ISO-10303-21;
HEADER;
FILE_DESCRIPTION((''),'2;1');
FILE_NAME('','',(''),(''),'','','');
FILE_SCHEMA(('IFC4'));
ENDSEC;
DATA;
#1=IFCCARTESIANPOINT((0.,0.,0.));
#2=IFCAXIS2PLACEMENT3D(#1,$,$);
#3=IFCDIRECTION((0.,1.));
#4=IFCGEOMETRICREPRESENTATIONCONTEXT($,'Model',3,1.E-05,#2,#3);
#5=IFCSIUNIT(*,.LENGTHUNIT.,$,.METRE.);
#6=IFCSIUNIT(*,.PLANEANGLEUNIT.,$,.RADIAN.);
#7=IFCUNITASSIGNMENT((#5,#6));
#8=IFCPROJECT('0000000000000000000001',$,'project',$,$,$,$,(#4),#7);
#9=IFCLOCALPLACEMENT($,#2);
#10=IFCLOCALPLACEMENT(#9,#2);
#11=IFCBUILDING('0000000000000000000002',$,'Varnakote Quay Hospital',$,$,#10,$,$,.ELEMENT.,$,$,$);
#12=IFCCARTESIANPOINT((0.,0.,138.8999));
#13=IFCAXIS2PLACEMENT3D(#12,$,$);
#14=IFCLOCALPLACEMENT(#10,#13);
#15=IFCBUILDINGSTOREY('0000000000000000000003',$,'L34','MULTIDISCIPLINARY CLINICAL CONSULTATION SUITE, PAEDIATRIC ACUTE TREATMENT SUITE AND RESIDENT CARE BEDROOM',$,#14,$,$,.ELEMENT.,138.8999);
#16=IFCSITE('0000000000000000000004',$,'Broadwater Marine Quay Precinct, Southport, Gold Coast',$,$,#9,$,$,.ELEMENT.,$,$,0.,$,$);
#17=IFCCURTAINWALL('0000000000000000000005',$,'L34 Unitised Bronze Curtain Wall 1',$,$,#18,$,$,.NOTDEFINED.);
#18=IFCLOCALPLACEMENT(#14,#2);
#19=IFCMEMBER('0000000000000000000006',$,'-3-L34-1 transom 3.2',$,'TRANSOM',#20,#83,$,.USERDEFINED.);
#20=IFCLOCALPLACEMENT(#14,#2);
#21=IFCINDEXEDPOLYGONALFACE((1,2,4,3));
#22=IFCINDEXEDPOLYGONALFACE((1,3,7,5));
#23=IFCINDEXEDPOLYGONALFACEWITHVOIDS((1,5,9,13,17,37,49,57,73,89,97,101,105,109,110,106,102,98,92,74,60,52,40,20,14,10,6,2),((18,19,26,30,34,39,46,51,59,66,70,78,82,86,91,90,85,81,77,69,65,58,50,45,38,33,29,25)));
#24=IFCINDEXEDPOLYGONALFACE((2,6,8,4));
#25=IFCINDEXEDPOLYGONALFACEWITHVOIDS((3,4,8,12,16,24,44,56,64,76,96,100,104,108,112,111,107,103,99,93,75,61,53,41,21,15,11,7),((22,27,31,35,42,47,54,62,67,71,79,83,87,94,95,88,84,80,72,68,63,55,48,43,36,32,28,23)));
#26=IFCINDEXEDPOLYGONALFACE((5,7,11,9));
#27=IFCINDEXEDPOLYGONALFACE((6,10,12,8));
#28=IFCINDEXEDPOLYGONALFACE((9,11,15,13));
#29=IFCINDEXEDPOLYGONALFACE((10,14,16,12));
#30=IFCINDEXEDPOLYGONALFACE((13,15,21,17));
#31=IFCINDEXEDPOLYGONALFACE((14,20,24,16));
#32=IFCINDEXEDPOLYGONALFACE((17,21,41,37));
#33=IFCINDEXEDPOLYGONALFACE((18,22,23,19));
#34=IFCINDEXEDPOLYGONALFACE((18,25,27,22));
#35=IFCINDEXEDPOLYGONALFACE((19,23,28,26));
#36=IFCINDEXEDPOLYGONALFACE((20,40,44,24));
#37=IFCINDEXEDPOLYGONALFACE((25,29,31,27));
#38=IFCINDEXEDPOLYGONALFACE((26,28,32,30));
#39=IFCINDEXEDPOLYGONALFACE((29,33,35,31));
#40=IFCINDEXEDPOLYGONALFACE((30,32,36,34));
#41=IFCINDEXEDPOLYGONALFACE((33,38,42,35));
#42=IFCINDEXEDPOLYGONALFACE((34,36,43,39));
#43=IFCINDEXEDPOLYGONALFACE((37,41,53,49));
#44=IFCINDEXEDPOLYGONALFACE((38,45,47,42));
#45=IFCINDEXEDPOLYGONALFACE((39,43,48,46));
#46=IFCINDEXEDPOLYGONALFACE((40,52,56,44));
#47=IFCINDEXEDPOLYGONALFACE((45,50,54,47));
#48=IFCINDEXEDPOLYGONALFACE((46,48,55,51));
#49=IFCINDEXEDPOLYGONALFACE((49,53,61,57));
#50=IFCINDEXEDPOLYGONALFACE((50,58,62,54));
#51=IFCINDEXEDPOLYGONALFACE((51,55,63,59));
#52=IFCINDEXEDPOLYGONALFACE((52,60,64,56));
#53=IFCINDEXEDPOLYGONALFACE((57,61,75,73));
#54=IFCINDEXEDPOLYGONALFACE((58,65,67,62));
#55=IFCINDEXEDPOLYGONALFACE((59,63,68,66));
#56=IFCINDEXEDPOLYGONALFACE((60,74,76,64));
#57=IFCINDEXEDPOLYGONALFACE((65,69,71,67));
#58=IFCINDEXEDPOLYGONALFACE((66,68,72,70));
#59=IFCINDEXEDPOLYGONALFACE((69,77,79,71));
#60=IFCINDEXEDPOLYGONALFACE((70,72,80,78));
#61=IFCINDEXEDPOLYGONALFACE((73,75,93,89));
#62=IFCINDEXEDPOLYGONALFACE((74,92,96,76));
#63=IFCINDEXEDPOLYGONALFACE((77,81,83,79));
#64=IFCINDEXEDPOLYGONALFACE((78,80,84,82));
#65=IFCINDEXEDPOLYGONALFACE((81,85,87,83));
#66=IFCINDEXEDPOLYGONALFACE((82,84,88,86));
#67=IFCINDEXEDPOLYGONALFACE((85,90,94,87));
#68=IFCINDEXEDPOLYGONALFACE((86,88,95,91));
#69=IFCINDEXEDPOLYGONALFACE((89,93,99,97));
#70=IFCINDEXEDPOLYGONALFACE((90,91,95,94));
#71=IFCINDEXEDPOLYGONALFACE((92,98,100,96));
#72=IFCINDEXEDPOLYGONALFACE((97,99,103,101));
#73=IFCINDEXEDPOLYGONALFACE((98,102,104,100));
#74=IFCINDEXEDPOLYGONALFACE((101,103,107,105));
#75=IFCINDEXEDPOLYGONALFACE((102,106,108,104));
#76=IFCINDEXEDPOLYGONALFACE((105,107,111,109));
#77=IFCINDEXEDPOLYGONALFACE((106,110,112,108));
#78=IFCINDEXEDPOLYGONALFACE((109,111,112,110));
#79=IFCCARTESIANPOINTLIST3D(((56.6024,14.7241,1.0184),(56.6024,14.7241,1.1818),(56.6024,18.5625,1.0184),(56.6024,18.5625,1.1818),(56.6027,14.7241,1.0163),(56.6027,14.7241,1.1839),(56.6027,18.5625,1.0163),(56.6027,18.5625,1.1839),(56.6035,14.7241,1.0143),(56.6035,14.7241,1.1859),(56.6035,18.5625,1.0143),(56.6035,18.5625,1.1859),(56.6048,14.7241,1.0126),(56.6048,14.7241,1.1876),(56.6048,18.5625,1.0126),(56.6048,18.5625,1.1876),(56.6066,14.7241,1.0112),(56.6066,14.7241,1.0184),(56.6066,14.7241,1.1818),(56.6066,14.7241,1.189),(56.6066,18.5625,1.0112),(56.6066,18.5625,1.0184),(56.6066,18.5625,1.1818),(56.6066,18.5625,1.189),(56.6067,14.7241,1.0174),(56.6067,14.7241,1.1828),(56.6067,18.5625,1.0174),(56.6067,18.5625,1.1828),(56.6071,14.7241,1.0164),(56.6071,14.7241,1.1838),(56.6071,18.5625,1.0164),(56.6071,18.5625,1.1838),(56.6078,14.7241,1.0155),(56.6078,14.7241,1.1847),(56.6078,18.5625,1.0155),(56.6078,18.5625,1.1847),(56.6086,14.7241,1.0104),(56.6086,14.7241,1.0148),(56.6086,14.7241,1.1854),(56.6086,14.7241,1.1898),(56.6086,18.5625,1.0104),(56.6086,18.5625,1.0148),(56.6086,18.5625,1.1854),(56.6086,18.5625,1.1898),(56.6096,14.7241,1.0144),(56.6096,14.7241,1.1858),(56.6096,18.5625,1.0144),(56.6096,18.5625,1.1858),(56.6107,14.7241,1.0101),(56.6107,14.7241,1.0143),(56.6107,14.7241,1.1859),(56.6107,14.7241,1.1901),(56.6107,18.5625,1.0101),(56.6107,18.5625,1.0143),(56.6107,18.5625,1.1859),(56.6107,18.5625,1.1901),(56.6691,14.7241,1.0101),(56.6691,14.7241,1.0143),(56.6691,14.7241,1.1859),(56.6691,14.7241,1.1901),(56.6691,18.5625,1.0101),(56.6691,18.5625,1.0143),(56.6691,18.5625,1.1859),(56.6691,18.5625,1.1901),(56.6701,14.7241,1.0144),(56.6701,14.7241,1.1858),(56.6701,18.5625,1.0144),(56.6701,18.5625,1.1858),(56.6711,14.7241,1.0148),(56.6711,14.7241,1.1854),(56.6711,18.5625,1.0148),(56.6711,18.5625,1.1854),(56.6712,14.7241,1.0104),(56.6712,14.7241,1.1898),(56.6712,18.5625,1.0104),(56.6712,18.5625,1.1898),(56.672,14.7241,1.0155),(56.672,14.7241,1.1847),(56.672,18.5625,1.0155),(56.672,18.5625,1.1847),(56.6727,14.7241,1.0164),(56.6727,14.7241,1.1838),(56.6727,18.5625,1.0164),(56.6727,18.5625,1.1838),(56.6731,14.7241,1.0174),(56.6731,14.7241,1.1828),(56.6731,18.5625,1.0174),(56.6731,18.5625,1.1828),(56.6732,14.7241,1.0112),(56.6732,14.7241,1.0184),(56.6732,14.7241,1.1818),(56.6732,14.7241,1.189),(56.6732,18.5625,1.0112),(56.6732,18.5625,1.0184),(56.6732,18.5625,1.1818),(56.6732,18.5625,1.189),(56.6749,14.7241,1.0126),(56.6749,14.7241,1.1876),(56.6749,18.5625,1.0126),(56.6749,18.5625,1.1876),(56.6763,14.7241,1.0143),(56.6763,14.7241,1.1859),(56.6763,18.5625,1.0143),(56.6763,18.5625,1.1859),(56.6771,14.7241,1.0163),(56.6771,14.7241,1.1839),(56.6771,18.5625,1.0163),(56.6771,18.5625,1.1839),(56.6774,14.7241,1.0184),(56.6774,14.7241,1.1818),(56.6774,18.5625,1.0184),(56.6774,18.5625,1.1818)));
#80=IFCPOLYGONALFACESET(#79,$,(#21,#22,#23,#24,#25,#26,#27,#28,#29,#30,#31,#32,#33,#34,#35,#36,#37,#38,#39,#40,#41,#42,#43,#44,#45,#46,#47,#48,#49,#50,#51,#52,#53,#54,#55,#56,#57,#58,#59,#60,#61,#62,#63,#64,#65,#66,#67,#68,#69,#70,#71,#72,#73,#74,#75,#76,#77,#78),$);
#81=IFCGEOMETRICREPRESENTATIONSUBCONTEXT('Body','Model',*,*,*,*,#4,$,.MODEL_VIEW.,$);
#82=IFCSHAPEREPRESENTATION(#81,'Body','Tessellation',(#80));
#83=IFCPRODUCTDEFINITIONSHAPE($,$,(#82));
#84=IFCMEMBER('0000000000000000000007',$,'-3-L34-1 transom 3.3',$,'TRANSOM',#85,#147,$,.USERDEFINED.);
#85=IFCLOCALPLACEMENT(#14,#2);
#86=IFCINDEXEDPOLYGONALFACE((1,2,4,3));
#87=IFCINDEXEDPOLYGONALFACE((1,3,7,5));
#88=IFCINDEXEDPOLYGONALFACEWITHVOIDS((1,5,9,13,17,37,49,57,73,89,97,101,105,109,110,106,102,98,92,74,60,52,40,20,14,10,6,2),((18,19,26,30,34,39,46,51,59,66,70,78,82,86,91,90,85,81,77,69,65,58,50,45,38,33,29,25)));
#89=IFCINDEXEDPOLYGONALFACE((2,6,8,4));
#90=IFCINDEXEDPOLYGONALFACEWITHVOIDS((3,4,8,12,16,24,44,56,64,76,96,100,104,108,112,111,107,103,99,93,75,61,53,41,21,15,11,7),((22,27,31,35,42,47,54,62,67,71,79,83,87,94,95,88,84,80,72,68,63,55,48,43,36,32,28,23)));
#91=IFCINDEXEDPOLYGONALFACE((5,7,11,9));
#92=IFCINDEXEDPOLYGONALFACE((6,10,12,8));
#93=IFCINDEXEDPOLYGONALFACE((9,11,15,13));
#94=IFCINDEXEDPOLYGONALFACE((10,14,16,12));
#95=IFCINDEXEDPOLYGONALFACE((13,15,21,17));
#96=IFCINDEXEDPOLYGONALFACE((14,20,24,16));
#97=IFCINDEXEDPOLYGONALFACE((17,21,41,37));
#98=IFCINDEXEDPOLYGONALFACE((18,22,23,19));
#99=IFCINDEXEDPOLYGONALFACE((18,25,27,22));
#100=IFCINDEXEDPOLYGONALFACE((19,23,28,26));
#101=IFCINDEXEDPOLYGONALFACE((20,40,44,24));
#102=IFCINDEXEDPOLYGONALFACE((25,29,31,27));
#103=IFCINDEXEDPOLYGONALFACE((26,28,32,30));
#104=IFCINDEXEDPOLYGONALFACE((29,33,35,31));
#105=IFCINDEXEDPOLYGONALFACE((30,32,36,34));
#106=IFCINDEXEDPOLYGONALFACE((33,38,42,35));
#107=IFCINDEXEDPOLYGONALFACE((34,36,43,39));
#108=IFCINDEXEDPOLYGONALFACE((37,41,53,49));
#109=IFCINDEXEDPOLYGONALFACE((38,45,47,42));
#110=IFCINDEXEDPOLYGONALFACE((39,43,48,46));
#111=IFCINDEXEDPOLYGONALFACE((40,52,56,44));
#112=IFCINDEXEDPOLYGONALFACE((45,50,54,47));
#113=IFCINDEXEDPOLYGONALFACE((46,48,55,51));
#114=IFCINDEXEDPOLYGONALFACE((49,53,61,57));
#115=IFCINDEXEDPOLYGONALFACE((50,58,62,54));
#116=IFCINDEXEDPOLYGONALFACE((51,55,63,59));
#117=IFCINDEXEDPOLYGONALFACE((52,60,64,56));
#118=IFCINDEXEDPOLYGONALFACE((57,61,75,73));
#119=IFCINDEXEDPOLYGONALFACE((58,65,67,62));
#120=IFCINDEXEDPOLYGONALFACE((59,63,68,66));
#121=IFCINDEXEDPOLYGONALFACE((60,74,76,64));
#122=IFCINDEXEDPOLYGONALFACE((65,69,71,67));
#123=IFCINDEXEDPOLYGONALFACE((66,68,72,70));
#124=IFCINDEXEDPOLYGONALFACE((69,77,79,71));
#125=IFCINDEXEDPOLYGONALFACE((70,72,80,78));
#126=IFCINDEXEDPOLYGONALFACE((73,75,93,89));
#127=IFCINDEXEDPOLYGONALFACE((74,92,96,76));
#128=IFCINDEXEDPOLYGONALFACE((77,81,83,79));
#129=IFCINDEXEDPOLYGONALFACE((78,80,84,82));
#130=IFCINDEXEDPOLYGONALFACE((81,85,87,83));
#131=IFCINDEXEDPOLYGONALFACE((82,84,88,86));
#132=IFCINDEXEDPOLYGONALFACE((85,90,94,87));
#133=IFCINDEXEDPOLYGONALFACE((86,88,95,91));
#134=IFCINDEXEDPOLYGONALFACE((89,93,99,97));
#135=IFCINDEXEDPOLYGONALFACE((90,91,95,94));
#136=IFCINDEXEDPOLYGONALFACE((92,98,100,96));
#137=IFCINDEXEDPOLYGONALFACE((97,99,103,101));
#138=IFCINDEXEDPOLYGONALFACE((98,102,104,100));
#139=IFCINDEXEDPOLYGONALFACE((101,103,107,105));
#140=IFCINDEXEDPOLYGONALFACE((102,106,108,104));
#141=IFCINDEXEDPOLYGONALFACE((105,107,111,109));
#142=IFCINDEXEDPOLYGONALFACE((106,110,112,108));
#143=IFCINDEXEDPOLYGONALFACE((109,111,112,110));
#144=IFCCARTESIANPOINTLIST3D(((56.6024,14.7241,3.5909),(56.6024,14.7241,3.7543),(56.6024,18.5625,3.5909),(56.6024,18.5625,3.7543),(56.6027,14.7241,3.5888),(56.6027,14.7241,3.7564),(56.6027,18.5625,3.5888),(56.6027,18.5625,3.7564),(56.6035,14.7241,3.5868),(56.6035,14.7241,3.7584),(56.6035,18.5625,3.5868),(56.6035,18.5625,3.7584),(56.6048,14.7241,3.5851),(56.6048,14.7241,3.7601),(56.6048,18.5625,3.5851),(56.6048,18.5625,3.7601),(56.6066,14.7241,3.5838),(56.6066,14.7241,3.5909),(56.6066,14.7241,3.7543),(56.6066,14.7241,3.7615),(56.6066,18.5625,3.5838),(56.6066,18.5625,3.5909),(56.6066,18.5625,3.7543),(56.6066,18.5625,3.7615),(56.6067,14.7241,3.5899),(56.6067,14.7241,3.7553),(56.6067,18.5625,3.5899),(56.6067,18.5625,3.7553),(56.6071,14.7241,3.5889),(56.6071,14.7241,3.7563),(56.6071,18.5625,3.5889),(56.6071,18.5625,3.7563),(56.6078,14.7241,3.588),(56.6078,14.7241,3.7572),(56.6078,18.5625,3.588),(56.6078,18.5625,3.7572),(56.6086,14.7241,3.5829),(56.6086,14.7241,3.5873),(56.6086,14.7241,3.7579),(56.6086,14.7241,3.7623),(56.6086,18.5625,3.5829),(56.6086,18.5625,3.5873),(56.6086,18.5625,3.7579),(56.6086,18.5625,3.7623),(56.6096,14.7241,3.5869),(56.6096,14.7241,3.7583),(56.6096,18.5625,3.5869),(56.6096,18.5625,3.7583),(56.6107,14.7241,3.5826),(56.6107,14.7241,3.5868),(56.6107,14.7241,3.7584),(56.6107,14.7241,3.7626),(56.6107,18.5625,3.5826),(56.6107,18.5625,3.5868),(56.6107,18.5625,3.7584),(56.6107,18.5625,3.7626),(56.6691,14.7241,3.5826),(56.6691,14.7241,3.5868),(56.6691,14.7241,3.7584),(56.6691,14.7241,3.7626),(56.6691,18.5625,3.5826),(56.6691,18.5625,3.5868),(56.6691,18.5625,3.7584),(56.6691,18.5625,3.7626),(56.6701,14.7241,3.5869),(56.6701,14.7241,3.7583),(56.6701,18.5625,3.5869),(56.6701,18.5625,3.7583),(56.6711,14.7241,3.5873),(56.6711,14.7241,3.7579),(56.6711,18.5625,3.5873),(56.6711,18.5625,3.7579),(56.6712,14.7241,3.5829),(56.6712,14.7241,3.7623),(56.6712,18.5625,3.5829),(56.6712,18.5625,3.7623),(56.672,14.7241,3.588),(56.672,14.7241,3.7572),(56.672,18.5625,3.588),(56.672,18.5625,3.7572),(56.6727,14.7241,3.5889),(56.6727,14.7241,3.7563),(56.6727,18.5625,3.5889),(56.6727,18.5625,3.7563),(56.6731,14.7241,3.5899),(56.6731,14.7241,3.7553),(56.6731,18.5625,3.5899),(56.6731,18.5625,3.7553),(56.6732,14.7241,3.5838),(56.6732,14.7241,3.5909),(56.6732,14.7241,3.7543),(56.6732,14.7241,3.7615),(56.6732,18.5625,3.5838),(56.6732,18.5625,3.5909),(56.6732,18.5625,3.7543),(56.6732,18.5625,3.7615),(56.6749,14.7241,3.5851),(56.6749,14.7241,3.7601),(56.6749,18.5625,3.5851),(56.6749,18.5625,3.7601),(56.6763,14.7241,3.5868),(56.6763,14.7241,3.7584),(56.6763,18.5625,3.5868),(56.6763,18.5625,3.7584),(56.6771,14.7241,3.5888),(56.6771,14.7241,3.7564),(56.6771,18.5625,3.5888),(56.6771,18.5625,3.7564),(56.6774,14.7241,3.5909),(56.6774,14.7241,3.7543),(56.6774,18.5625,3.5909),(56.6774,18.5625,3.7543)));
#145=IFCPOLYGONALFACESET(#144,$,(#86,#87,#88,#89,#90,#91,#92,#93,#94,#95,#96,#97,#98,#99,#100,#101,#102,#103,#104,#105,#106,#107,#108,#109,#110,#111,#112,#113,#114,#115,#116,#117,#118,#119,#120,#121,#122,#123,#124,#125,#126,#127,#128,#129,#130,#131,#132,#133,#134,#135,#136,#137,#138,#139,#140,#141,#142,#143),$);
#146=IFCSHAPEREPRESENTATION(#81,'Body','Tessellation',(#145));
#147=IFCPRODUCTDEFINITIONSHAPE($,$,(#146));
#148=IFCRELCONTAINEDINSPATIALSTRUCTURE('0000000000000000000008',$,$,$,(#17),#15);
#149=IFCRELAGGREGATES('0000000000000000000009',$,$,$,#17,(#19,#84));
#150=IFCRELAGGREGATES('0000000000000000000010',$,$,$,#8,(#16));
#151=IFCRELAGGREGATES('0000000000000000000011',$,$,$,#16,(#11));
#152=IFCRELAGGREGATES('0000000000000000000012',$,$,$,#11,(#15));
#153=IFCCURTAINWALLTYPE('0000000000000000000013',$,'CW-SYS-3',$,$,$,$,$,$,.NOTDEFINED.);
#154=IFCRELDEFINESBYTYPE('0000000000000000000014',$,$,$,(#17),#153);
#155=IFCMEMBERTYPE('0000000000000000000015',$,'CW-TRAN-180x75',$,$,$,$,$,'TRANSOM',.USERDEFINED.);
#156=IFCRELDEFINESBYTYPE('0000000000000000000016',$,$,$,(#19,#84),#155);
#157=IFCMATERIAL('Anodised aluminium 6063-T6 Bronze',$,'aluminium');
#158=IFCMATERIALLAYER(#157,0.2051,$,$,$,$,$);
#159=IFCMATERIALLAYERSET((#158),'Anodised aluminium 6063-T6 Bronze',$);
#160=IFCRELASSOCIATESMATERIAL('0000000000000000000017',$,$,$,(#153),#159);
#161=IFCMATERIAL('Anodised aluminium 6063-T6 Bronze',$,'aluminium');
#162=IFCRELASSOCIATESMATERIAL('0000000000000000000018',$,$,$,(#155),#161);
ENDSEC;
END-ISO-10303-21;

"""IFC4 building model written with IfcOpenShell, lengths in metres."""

from ifc_helpers import new_model, si_unit, direction, frame, origin, origin_2d, place, context, subcontext, project, spatial, hollow_rectangle, extrude, material, layer, layer_set, material_profile, profile_set, type_object, element, aggregate, save


model = new_model("IFC4")

# Units and contexts
model_context = context("Model", 3, precision=1e-05, world=origin(), true_north=direction((0.0, 1.0)))
body_context = subcontext(model_context, "Body", "Model", "MODEL_VIEW")
ifc_project = project(units=[si_unit("LENGTHUNIT", "METRE"), si_unit("PLANEANGLEUNIT", "RADIAN")], contexts=[model_context])

# Site, building, storey
site_placement = place(None, origin())
site = spatial("IfcSite", under=ifc_project, at=site_placement, Name="Broadwater Marine Quay Precinct, Southport, Gold Coast", CompositionType="ELEMENT", RefElevation=0.0)
building_placement = place(site_placement, origin())
building = spatial("IfcBuilding", under=site, at=building_placement, Name="Varnakote Quay Hospital", CompositionType="ELEMENT")
storey_placement = place(building_placement, frame((0.0, 0.0, 138.8999)))
storey = spatial("IfcBuildingStorey", under=building, at=storey_placement, Name="L34", Description="MULTIDISCIPLINARY CLINICAL CONSULTATION SUITE, PAEDIATRIC ACUTE TREATMENT SUITE AND RESIDENT CARE BEDROOM", CompositionType="ELEMENT", Elevation=138.8999)

# Curtain wall, members
ifc_material_1 = material(Name="Anodised aluminium 6063-T6 Bronze", Category="aluminium")
ifc_layer_1 = layer(ifc_material_1, 0.2051)
ifc_layer_set_1 = layer_set([ifc_layer_1], Name="Anodised aluminium 6063-T6 Bronze")
curtain_wall_type = type_object("IfcCurtainWallType", Name="CW-SYS-3", PredefinedType="NOTDEFINED", material=ifc_layer_set_1)
curtain_wall_placement = place(storey_placement, origin())
curtain_wall = element("IfcCurtainWall", 1, at=curtain_wall_placement, inside=storey, type_object=curtain_wall_type, Name="L34 Unitised Bronze Curtain Wall 1", PredefinedType="NOTDEFINED")
ifc_material_2 = material(Name="Anodised aluminium 6063-T6 Bronze", Category="aluminium")
ifc_material_profile_1 = material_profile(ifc_material_2, hollow_rectangle(XDim=0.075, YDim=0.1799, WallThickness=0.0042, InnerFilletRadius=0.0042, OuterFilletRadius=0.0083, at=origin_2d()), Name="CW-TRAN-180x75")
ifc_profile_set_1 = profile_set([ifc_material_profile_1], Name="Anodised aluminium 6063-T6 Bronze")
member_type_1 = type_object("IfcMemberType", Name="CW-TRAN-180x75", ElementType="TRANSOM", PredefinedType="USERDEFINED", material=ifc_profile_set_1)
member_1_placement = place(storey_placement, frame((56.6399, 14.7241, 1.1001), z_axis=(0.0, 1.0, 0.0), x_axis=(-1.0, 0.0, 0.0)))
member_1 = element("IfcMember", 2, at=member_1_placement, type_object=member_type_1, Name="-3-L34-1 transom 3.2", ObjectType="TRANSOM", PredefinedType="USERDEFINED", context=body_context, shape_type="SweptSolid", body=[
    extrude(hollow_rectangle(XDim=0.075, YDim=0.1799, WallThickness=0.0042, InnerFilletRadius=0.0042, OuterFilletRadius=0.0083, at=origin_2d()), origin(), (0.0, 0.0, 1.0), 3.8384),
])
member_2_placement = place(storey_placement, frame((56.6399, 14.7241, 3.6726), z_axis=(0.0, 1.0, 0.0), x_axis=(-1.0, 0.0, 0.0)))
member_2 = element("IfcMember", 3, at=member_2_placement, type_object=member_type_1, Name="-3-L34-1 transom 3.3", ObjectType="TRANSOM", PredefinedType="USERDEFINED", context=body_context, shape_type="SweptSolid", body=[
    extrude(hollow_rectangle(XDim=0.075, YDim=0.1799, WallThickness=0.0042, InnerFilletRadius=0.0042, OuterFilletRadius=0.0083, at=origin_2d()), origin(), (0.0, 0.0, 1.0), 3.8384),
])
aggregate(curtain_wall, [member_1, member_2])

save(model, "model.ifc")
